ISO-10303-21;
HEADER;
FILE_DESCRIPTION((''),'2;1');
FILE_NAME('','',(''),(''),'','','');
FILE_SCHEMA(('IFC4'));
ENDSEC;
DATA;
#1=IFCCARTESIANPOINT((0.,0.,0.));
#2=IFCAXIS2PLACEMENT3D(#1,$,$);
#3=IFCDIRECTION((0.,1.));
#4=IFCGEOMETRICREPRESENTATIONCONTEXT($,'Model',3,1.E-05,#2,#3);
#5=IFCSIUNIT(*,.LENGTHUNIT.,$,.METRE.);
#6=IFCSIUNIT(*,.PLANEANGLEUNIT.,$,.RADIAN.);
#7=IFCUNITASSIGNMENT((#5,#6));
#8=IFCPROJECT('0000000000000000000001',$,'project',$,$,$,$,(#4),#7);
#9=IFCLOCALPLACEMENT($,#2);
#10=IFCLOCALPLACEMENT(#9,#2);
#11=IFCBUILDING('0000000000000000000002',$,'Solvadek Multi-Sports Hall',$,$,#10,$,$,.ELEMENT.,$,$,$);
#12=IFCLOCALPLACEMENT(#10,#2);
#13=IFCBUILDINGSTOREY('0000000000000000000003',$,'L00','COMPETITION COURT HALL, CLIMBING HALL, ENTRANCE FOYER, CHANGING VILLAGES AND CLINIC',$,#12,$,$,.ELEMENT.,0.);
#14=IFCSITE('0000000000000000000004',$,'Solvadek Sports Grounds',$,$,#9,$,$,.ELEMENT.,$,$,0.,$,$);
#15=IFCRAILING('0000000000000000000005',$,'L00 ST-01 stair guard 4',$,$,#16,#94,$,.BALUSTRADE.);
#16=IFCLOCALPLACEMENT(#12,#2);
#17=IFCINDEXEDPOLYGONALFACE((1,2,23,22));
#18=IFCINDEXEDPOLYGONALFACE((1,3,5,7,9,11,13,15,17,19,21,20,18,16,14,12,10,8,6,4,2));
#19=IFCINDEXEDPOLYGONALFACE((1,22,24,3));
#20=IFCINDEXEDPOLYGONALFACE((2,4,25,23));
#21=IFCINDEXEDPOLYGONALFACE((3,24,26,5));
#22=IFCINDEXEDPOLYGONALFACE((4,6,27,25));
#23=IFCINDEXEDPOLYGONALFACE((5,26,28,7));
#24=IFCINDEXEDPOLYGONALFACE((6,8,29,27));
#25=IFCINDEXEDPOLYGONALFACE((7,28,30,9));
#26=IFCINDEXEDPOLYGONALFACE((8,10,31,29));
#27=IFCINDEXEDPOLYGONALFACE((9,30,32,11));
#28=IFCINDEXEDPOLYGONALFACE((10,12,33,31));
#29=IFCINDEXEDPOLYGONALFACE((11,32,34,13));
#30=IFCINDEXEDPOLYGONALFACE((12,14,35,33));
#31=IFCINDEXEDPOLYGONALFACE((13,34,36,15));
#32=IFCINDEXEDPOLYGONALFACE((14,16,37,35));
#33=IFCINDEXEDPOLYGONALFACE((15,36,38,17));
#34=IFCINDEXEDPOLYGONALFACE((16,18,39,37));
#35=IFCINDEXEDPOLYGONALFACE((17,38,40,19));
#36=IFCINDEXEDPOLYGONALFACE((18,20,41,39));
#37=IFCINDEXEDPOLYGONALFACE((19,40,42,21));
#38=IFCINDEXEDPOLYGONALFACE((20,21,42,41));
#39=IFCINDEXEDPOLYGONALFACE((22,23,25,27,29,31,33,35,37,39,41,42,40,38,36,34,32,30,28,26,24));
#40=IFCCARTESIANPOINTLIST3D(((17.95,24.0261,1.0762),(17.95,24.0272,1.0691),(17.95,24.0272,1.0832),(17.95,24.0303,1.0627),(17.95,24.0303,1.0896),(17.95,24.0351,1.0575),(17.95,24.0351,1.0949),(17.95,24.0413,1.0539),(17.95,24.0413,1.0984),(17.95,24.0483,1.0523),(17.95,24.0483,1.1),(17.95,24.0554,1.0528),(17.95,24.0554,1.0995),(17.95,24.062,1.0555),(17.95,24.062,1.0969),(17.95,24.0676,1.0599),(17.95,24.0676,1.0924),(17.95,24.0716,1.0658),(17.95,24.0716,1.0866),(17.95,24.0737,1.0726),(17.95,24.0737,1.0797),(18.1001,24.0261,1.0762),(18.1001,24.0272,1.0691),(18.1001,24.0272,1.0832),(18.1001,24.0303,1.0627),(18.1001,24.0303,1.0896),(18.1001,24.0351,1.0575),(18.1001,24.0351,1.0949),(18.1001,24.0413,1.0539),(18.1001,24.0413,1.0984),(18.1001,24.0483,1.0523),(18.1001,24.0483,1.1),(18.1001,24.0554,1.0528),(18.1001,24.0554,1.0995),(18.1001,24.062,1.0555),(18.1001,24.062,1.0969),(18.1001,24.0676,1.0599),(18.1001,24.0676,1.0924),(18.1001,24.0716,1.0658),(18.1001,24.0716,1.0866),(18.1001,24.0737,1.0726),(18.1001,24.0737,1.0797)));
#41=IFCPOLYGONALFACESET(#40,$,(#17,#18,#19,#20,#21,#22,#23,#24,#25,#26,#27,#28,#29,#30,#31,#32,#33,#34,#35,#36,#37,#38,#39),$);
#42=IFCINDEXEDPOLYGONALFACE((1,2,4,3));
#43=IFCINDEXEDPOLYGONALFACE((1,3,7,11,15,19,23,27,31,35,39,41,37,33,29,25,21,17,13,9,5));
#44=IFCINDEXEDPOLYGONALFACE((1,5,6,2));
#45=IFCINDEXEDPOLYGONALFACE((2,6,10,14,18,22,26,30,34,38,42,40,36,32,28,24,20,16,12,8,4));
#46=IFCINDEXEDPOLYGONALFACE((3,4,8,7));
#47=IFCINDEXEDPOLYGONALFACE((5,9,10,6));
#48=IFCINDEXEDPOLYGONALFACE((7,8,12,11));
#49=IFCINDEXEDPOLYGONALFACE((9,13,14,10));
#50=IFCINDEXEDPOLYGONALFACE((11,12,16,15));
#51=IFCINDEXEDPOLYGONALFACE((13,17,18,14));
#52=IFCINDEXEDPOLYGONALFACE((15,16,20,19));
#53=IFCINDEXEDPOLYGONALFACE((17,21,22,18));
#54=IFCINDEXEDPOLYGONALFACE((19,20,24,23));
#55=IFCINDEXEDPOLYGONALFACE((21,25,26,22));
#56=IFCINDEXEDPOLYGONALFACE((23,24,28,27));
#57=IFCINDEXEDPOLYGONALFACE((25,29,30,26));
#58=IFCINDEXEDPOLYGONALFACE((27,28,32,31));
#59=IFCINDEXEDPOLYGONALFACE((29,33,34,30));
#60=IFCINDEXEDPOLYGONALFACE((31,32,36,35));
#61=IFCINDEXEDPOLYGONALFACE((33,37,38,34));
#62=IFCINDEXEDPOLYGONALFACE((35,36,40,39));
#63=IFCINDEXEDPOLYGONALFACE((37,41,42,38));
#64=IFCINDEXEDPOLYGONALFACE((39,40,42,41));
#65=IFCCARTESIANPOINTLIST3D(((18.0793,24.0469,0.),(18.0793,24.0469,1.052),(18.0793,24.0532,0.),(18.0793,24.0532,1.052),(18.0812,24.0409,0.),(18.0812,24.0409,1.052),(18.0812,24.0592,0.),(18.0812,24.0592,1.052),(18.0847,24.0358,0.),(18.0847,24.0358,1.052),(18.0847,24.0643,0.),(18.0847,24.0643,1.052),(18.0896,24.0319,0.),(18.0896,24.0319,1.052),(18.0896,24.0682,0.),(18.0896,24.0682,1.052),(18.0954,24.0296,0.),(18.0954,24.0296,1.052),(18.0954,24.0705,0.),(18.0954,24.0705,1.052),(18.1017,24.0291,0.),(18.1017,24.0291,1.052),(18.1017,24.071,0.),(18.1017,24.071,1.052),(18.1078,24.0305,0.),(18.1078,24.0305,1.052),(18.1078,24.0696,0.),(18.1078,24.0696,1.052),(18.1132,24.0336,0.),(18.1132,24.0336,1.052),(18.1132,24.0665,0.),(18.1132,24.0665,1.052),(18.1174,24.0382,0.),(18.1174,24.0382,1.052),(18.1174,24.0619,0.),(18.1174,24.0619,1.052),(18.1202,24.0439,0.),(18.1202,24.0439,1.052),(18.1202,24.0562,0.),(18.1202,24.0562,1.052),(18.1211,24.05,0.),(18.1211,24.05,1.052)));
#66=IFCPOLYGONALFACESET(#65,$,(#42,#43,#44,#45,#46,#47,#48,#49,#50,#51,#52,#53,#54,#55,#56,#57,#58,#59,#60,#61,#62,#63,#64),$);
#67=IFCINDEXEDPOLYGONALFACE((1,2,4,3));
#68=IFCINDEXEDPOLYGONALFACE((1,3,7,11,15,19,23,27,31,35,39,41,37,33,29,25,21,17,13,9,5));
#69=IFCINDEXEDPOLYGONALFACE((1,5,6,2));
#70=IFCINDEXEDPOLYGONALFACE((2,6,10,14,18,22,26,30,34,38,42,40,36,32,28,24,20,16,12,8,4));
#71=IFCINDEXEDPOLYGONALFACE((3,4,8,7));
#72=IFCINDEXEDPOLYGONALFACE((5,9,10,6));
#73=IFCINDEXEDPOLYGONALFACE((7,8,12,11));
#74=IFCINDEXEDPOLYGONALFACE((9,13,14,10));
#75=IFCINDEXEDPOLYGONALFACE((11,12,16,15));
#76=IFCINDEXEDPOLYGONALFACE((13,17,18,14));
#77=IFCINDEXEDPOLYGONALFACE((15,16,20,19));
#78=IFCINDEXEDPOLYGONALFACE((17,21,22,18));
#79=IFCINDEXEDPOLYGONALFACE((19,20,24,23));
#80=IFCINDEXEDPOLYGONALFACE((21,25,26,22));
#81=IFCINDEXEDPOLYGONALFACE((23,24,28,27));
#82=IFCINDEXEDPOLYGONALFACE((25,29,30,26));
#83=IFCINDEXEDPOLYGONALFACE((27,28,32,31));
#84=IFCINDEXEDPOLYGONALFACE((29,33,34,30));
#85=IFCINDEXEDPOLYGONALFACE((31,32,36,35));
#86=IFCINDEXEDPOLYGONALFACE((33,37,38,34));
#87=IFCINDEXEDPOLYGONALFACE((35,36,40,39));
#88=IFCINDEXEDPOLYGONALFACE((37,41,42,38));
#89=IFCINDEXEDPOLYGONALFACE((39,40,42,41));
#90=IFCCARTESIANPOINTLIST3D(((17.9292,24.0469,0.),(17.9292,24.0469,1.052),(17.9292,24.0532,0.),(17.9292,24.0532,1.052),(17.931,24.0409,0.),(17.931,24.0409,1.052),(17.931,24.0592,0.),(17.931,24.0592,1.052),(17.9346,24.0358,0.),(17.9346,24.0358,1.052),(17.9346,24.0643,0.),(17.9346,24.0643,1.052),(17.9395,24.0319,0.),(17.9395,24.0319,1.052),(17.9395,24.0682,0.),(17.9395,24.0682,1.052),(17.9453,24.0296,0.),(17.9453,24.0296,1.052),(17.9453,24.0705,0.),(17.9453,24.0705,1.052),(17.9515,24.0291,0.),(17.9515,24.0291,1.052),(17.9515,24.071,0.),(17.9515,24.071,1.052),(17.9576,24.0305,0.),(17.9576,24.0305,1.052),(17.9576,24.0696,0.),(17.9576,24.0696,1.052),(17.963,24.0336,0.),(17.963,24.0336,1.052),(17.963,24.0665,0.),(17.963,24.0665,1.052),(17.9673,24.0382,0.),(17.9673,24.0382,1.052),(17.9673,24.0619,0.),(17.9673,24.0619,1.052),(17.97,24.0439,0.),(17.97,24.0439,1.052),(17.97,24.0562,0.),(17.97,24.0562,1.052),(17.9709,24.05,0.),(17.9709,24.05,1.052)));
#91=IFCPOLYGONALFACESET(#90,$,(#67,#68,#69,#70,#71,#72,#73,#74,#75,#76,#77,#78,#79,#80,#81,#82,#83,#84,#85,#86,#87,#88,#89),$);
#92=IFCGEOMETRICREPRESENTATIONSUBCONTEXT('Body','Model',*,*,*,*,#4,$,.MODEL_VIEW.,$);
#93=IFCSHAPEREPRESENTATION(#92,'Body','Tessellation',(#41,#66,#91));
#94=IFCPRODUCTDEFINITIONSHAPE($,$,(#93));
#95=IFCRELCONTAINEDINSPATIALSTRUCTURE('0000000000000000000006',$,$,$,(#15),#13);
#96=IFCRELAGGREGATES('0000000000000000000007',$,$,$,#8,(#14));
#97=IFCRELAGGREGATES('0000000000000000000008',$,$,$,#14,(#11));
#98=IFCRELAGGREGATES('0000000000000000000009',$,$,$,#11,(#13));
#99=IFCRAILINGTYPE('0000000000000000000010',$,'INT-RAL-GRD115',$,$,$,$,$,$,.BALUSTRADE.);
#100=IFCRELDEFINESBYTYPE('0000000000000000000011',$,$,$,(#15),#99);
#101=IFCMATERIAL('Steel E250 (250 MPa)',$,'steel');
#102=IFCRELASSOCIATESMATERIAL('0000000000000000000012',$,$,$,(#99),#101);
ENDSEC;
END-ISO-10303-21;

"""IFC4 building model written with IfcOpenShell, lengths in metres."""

from ifc_helpers import new_model, si_unit, direction, frame, origin, origin_2d, place, context, subcontext, project, spatial, circle, extrude, material, type_object, element, save


model = new_model("IFC4")

# Units and contexts
model_context = context("Model", 3, precision=1e-05, world=origin(), true_north=direction((0.0, 1.0)))
body_context = subcontext(model_context, "Body", "Model", "MODEL_VIEW")
ifc_project = project(units=[si_unit("LENGTHUNIT", "METRE"), si_unit("PLANEANGLEUNIT", "RADIAN")], contexts=[model_context])

# Site, building, storey
site_placement = place(None, origin())
site = spatial("IfcSite", under=ifc_project, at=site_placement, Name="Solvadek Sports Grounds", CompositionType="ELEMENT", RefElevation=0.0)
building_placement = place(site_placement, origin())
building = spatial("IfcBuilding", under=site, at=building_placement, Name="Solvadek Multi-Sports Hall", CompositionType="ELEMENT")
storey_placement = place(building_placement, origin())
storey = spatial("IfcBuildingStorey", under=building, at=storey_placement, Name="L00", Description="COMPETITION COURT HALL, CLIMBING HALL, ENTRANCE FOYER, CHANGING VILLAGES AND CLINIC", CompositionType="ELEMENT", Elevation=0.0)

# Shared definitions
ifc_material_1 = material(Name="Steel E250 (250 MPa)", Category="steel")

# Railing
railing_type = type_object("IfcRailingType", Name="INT-RAL-GRD115", PredefinedType="BALUSTRADE", material=ifc_material_1)
railing_placement = place(storey_placement, frame((18.1001, 24.05, 0.0)))
element("IfcRailing", 1, at=railing_placement, inside=storey, type_object=railing_type, Name="L00 ST-01 stair guard 4", PredefinedType="BALUSTRADE", context=body_context, shape_type="SweptSolid", body=[
    extrude(circle(Radius=0.0239, at=origin_2d()), frame((0.0, 0.0, 1.0762), z_axis=(-1.0, 0.0, 0.0), x_axis=(0.0, -1.0, 0.0)), (0.0, 0.0, 1.0), 0.1501),
    extrude(circle(Radius=0.021, at=origin_2d()), origin(), (0.0, 0.0, 1.0), 1.052),
    extrude(circle(Radius=0.021, at=origin_2d()), frame((-0.1501, 0.0, 0.0)), (0.0, 0.0, 1.0), 1.052),
])

save(model, "model.ifc")
